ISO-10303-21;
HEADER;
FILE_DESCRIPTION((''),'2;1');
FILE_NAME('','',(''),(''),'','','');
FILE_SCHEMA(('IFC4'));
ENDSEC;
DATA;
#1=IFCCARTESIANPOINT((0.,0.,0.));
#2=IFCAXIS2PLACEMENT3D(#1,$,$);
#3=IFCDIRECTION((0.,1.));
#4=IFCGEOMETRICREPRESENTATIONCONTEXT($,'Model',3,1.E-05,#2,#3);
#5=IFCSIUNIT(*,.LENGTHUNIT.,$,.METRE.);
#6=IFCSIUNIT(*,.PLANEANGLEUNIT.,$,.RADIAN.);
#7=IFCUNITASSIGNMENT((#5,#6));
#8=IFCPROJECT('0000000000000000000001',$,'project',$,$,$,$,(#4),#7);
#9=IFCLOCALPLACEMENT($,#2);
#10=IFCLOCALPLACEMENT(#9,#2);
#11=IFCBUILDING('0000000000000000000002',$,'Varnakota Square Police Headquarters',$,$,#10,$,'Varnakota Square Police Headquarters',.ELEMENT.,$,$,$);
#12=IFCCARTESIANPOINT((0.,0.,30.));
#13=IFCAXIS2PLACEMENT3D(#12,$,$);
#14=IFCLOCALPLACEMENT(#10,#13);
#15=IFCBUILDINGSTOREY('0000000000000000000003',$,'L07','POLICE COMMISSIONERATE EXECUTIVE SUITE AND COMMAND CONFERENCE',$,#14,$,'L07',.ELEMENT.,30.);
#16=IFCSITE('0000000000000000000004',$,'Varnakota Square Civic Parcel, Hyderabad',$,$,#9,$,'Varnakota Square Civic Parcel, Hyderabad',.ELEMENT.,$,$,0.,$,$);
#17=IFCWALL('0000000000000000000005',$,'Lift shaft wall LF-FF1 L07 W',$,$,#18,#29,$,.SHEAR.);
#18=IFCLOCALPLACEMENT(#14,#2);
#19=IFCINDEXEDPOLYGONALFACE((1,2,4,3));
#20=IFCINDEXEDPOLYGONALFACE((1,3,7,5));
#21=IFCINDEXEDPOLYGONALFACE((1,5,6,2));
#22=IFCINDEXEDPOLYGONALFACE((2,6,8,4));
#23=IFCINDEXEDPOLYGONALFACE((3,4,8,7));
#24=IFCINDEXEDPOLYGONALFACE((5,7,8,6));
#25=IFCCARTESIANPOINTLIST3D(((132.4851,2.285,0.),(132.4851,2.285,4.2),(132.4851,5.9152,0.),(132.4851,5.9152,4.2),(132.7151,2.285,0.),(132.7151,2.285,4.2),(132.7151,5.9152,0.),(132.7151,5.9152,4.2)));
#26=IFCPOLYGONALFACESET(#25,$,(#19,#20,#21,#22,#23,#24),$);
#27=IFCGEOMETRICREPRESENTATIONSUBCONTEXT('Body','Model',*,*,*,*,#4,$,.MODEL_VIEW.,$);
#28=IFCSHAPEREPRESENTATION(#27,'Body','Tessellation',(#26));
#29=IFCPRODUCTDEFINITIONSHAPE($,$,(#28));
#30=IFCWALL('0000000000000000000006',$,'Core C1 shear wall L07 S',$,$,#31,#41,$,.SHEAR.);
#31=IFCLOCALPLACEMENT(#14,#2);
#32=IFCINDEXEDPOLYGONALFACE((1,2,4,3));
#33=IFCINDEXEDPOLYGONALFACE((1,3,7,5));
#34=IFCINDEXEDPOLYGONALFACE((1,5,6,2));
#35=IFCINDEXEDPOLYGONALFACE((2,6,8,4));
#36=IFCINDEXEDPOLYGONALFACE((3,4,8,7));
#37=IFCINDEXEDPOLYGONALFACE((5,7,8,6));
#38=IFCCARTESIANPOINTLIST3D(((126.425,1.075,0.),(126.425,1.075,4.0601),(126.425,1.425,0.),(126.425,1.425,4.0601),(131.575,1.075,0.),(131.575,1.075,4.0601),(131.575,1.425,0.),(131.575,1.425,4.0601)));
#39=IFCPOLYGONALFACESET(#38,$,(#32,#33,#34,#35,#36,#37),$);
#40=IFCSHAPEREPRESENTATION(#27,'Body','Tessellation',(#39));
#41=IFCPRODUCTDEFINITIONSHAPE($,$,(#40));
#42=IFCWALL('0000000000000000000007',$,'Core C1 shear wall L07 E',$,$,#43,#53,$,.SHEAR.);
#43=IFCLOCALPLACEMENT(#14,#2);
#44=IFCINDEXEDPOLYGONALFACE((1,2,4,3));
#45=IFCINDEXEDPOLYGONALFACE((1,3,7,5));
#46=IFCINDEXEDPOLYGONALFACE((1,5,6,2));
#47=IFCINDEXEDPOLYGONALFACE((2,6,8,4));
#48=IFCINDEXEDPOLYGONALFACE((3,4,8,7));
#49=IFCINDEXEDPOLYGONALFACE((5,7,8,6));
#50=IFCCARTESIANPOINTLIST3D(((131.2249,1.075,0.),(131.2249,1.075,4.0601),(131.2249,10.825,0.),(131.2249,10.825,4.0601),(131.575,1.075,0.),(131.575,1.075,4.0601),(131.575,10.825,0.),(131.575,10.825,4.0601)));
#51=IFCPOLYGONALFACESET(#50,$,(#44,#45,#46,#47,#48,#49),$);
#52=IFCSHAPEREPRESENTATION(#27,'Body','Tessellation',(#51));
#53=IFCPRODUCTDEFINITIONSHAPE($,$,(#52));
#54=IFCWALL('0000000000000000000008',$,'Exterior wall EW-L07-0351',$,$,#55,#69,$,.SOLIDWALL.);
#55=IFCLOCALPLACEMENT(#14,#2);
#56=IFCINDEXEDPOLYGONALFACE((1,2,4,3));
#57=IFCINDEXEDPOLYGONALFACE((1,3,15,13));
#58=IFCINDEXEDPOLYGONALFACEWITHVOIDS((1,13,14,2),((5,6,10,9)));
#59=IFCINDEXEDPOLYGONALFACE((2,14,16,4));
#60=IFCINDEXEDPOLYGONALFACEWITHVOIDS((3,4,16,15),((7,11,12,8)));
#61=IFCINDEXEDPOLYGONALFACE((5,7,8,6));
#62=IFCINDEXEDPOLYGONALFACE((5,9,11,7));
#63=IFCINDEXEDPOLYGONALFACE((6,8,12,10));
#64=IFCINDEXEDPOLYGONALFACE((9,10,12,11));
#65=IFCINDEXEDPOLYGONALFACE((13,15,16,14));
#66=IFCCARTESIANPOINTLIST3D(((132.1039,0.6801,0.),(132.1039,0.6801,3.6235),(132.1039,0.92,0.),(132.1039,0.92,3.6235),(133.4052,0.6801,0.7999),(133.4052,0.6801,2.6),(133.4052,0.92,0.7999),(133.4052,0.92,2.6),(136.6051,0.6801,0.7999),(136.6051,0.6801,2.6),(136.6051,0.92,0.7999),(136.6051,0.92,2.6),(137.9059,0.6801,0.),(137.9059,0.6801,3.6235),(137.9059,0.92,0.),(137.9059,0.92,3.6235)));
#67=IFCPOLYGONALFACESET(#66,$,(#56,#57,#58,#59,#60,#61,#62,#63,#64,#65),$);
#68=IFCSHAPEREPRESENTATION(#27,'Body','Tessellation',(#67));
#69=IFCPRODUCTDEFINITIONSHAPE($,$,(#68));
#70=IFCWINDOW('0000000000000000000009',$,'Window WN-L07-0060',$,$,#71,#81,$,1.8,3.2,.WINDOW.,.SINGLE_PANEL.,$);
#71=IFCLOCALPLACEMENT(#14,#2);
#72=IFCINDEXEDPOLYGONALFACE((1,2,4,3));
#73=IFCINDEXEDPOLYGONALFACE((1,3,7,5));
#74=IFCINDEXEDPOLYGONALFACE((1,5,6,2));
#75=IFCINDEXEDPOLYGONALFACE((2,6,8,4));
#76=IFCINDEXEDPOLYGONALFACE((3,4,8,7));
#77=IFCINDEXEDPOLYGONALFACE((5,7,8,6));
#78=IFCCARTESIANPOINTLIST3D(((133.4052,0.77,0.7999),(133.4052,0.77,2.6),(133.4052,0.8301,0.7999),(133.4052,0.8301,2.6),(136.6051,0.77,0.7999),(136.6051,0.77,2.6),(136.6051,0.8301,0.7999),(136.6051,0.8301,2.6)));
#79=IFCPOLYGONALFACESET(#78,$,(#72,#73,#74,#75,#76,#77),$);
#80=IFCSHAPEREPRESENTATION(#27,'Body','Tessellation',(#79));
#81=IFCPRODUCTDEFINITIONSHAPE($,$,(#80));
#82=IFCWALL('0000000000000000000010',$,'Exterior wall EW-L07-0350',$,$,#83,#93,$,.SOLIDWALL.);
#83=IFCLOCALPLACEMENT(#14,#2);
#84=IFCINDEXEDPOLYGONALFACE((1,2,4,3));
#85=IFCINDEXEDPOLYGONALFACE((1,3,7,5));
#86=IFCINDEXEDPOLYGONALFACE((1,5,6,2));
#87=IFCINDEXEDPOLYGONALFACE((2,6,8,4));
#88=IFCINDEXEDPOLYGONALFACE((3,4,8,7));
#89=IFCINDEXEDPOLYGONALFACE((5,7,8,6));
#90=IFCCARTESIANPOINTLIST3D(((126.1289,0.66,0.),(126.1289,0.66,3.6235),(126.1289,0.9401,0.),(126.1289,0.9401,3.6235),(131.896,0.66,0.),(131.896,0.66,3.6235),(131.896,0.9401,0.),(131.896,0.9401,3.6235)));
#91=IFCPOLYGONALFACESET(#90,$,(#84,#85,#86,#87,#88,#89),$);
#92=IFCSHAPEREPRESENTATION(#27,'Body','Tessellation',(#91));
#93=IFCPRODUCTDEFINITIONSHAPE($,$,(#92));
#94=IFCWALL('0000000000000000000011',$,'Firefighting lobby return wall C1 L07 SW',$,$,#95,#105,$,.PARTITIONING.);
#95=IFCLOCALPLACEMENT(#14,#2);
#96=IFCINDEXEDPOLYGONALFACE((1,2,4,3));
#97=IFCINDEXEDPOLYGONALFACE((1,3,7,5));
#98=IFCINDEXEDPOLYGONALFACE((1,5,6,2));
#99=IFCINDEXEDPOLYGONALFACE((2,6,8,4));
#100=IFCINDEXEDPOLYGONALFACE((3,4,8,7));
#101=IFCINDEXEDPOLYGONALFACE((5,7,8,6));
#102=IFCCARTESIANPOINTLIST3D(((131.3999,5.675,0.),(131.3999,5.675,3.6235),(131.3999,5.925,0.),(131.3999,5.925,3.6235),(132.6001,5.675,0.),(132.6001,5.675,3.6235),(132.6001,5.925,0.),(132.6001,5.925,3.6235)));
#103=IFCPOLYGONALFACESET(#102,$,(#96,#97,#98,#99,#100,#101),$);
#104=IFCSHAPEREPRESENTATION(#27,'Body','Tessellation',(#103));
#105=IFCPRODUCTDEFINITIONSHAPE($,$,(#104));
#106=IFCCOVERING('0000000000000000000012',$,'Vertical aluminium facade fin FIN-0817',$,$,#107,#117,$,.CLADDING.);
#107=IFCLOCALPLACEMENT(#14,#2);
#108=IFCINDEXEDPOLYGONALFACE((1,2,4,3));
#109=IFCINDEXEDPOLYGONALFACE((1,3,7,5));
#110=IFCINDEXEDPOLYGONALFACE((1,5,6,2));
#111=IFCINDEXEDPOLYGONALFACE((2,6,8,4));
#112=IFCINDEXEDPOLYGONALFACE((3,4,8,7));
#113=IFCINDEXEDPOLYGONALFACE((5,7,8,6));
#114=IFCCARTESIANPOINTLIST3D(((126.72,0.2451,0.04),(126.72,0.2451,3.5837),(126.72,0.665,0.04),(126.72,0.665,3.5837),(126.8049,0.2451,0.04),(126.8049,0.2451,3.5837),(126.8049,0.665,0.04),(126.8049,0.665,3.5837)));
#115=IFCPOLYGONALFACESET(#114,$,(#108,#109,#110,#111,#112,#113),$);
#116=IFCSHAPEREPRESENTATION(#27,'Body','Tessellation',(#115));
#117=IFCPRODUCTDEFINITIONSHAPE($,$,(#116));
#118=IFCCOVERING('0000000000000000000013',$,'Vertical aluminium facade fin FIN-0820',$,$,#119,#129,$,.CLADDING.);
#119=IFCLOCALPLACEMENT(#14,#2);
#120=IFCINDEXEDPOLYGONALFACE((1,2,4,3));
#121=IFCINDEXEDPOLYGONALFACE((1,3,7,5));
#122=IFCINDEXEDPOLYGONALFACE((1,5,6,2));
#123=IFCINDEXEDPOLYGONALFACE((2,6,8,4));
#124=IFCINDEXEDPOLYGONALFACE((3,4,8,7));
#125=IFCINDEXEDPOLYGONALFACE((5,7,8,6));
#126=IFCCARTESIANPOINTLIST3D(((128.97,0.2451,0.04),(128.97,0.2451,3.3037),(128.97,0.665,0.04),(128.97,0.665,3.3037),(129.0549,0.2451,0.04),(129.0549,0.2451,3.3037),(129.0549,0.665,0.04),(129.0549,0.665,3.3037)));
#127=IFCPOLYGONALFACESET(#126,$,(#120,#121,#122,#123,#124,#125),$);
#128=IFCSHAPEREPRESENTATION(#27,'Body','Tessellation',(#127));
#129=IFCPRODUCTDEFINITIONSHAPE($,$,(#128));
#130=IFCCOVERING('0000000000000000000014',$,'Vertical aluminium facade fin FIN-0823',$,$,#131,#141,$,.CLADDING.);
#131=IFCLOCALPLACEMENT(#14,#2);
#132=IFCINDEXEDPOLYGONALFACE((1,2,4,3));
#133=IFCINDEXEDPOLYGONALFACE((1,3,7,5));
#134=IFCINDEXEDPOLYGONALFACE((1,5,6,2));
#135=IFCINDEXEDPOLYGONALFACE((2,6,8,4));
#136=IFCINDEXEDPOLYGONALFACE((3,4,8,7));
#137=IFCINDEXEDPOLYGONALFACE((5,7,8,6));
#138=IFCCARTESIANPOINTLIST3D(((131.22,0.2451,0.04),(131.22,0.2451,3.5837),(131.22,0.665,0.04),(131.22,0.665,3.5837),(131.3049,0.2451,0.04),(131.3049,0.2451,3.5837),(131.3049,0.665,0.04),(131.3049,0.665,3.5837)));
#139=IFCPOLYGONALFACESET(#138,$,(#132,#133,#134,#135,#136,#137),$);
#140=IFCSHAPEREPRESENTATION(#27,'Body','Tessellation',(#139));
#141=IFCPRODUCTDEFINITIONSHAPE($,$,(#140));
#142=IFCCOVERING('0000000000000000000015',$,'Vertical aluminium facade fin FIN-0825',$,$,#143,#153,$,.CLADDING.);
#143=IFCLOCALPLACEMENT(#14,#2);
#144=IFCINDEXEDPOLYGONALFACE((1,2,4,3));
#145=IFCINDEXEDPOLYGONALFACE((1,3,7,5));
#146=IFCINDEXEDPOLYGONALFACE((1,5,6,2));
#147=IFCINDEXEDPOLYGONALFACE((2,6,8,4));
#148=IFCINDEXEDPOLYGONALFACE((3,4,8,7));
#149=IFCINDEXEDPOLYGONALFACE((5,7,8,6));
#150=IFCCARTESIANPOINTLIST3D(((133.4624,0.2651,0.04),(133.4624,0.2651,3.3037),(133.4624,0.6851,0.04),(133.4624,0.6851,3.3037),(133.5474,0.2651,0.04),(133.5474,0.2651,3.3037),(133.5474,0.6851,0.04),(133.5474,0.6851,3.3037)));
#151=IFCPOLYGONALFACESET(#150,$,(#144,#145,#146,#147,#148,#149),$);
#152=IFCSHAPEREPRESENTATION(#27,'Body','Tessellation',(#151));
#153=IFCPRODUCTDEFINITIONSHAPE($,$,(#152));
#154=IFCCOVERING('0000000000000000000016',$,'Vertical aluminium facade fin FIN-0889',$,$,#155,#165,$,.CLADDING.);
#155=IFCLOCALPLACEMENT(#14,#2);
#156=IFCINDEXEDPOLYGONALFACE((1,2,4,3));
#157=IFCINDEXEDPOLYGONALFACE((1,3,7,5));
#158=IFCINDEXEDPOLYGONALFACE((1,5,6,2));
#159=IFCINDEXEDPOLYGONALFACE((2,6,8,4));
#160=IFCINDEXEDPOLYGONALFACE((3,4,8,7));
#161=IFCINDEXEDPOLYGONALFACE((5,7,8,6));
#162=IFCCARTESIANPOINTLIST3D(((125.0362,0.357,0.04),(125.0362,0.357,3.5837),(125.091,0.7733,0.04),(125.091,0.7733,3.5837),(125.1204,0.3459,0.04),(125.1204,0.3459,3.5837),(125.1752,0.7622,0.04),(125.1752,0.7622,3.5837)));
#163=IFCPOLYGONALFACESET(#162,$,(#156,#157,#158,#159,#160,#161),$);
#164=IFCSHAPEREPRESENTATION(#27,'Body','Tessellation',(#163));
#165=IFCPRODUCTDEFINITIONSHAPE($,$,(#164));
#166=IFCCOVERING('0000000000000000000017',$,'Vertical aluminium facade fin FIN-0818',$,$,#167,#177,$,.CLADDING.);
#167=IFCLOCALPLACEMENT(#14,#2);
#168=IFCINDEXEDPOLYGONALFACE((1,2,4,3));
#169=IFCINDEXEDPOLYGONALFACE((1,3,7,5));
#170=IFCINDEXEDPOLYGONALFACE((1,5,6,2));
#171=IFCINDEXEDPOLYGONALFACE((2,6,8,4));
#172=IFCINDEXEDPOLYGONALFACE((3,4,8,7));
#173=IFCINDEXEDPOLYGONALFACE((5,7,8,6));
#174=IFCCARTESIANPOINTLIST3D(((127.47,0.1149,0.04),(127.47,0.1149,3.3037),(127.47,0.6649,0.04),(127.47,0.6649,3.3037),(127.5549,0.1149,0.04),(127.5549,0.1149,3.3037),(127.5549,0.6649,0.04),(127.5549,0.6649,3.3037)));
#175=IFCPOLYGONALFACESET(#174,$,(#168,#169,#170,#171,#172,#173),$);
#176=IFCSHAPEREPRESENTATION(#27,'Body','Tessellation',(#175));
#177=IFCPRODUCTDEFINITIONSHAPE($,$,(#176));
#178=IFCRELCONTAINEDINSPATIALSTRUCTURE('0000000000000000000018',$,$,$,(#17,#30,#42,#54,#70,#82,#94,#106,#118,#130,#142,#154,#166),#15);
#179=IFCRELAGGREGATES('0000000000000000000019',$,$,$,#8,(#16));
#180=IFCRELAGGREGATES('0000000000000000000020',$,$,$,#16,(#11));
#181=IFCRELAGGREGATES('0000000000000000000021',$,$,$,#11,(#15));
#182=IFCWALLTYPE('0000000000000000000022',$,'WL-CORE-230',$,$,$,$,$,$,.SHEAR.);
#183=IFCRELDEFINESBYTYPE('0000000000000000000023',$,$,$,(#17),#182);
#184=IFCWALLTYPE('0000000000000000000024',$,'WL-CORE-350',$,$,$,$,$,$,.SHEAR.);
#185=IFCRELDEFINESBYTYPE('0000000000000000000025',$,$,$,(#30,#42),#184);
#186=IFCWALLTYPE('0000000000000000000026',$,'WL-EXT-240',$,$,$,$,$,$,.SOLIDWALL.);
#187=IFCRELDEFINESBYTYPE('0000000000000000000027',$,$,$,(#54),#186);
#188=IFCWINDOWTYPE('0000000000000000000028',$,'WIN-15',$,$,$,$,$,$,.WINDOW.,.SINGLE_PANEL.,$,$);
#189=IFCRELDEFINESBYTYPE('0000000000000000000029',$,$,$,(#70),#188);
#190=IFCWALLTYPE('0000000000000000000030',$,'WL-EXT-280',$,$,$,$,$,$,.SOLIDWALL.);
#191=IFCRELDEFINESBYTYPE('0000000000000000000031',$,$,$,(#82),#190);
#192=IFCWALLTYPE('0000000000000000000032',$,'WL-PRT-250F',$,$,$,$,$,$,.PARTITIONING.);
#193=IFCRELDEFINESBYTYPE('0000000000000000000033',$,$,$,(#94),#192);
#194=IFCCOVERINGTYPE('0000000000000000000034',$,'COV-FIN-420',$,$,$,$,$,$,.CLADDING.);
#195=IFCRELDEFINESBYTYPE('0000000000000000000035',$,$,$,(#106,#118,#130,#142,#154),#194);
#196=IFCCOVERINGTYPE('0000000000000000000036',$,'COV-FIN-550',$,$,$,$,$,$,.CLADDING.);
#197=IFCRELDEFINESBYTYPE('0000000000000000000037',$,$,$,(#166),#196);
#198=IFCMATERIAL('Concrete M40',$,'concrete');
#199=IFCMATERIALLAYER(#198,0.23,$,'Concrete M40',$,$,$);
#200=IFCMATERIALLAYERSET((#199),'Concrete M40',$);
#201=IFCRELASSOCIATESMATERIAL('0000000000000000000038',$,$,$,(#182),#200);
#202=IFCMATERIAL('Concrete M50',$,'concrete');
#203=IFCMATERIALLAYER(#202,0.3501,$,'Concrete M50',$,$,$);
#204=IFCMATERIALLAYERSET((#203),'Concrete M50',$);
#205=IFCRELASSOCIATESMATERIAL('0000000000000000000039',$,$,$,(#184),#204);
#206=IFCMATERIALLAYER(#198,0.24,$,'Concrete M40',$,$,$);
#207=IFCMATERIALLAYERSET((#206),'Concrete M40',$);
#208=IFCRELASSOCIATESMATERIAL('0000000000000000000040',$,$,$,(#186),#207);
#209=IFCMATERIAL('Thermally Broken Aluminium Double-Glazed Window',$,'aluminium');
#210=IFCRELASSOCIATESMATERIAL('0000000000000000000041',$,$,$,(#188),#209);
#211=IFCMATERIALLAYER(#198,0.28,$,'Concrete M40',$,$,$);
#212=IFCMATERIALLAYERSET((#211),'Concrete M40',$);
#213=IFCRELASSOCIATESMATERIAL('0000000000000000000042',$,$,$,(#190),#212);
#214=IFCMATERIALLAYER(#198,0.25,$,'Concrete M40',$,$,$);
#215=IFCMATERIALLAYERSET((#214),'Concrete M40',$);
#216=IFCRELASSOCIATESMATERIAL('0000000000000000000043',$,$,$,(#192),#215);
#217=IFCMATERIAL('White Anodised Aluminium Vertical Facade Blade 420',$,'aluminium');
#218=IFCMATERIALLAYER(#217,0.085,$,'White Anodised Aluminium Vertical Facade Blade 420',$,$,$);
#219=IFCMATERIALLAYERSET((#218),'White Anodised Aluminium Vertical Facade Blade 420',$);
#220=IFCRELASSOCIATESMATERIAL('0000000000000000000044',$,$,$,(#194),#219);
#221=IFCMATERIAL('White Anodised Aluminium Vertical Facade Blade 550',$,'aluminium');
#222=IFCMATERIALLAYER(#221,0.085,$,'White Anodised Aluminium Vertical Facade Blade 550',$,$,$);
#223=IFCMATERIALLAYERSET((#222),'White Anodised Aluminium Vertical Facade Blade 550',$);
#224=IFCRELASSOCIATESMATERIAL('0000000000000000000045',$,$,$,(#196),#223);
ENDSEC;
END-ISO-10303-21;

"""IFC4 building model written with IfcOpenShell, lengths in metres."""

from ifc_helpers import new_model, si_unit, direction, frame, frame_2d, origin, origin_2d, place, context, subcontext, project, spatial, rectangle, extrude, material, layer, layer_set, type_object, element, fill, save


model = new_model("IFC4")

# Units and contexts
model_context = context("Model", 3, precision=1e-05, world=origin(), true_north=direction((0.0, 1.0)))
body_context = subcontext(model_context, "Body", "Model", "MODEL_VIEW")
ifc_project = project(units=[si_unit("LENGTHUNIT", "METRE"), si_unit("PLANEANGLEUNIT", "RADIAN")], contexts=[model_context])

# Site, building, storey
site_placement = place(None, origin())
site = spatial("IfcSite", under=ifc_project, at=site_placement, Name="Varnakota Square Civic Parcel, Hyderabad", LongName="Varnakota Square Civic Parcel, Hyderabad", CompositionType="ELEMENT", RefElevation=0.0)
building_placement = place(site_placement, origin())
building = spatial("IfcBuilding", under=site, at=building_placement, Name="Varnakota Square Police Headquarters", LongName="Varnakota Square Police Headquarters", CompositionType="ELEMENT")
storey_placement = place(building_placement, frame((0.0, 0.0, 30.0)))
storey = spatial("IfcBuildingStorey", under=building, at=storey_placement, Name="L07", Description="POLICE COMMISSIONERATE EXECUTIVE SUITE AND COMMAND CONFERENCE", LongName="L07", CompositionType="ELEMENT", Elevation=30.0)

# Walls
ifc_material_1 = material(Name="Concrete M40", Category="concrete")
ifc_layer_1 = layer(ifc_material_1, 0.23, Name="Concrete M40")
ifc_layer_set_1 = layer_set([ifc_layer_1], Name="Concrete M40")
wall_type_1 = type_object("IfcWallType", Name="WL-CORE-230", PredefinedType="SHEAR", material=ifc_layer_set_1)
wall_1_placement = place(storey_placement, frame((132.6001, 5.915, 0.0), z_axis=(0.0, 0.0, 1.0), x_axis=(0.0, -1.0, 0.0)))
element("IfcWall", 1, at=wall_1_placement, inside=storey, type_object=wall_type_1, Name="Lift shaft wall LF-FF1 L07 W", PredefinedType="SHEAR", context=body_context, shape_type="SweptSolid", body=[
    extrude(rectangle(XDim=3.6301, YDim=0.23, at=frame_2d((1.8149, 0.0))), origin(), (0.0, 0.0, 1.0), 4.2),
])
ifc_material_2 = material(Name="Concrete M50", Category="concrete")
ifc_layer_2 = layer(ifc_material_2, 0.3501, Name="Concrete M50")
ifc_layer_set_2 = layer_set([ifc_layer_2], Name="Concrete M50")
wall_type_2 = type_object("IfcWallType", Name="WL-CORE-350", PredefinedType="SHEAR", material=ifc_layer_set_2)
wall_2_placement = place(storey_placement, frame((126.425, 1.25, 0.0), z_axis=(0.0, 0.0, 1.0), x_axis=(1.0, 0.0, 0.0)))
element("IfcWall", 2, at=wall_2_placement, inside=storey, type_object=wall_type_2, Name="Core C1 shear wall L07 S", PredefinedType="SHEAR", context=body_context, shape_type="SweptSolid", body=[
    extrude(rectangle(XDim=5.1499, YDim=0.3501, at=frame_2d((2.575, 0.0))), origin(), (0.0, 0.0, 1.0), 4.0601),
])
wall_3_placement = place(storey_placement, frame((131.3999, 1.075, 0.0), z_axis=(0.0, 0.0, 1.0), x_axis=(0.0, 1.0, 0.0)))
element("IfcWall", 3, at=wall_3_placement, inside=storey, type_object=wall_type_2, Name="Core C1 shear wall L07 E", PredefinedType="SHEAR", context=body_context, shape_type="SweptSolid", body=[
    extrude(rectangle(XDim=9.75, YDim=0.3501, at=frame_2d((4.875, 0.0))), origin(), (0.0, 0.0, 1.0), 4.0601),
])

# Wall, opening, window
ifc_layer_3 = layer(ifc_material_1, 0.24, Name="Concrete M40")
ifc_layer_set_3 = layer_set([ifc_layer_3], Name="Concrete M40")
wall_type_3 = type_object("IfcWallType", Name="WL-EXT-240", PredefinedType="SOLIDWALL", material=ifc_layer_set_3)
wall_4_placement = place(storey_placement, frame((132.104, 0.8, 0.0), z_axis=(0.0, 0.0, 1.0), x_axis=(1.0, 0.0, 0.0)))
wall_4 = element("IfcWall", 4, at=wall_4_placement, inside=storey, type_object=wall_type_3, Name="Exterior wall EW-L07-0351", PredefinedType="SOLIDWALL", context=body_context, shape_type="SweptSolid", body=[
    extrude(rectangle(XDim=5.802, YDim=0.24, at=frame_2d((2.9009, 0.0))), origin(), (0.0, 0.0, 1.0), 3.6235),
])
opening_placement = place(wall_4_placement, frame((1.301, 0.0, 0.8)))
opening = element("IfcOpeningElement", 5, at=opening_placement, cuts=wall_4, PredefinedType="OPENING", context=body_context, shape_type="SweptSolid", body=[
    extrude(rectangle(XDim=3.2, YDim=1.8, at=frame_2d((1.6001, 0.8999))), frame((0.0, 0.1299, 0.0), z_axis=(0.0, -1.0, 0.0), x_axis=(1.0, 0.0, 0.0)), (0.0, 0.0, 1.0), 0.26),
])
ifc_material_3 = material(Name="Thermally Broken Aluminium Double-Glazed Window", Category="aluminium")
window_type = type_object("IfcWindowType", Name="WIN-15", PartitioningType="SINGLE_PANEL", PredefinedType="WINDOW", material=ifc_material_3)
window_placement = place(opening_placement, origin())
window = element("IfcWindow", 6, at=window_placement, inside=storey, type_object=window_type, Name="Window WN-L07-0060", OverallHeight=1.8, OverallWidth=3.2, PartitioningType="SINGLE_PANEL", PredefinedType="WINDOW", context=body_context, shape_type="SweptSolid", body=[
    extrude(rectangle(XDim=3.2, YDim=1.8, at=frame_2d((1.6001, 0.8999))), frame((0.0, 0.03, 0.0), z_axis=(0.0, -1.0, 0.0), x_axis=(1.0, 0.0, 0.0)), (0.0, 0.0, 1.0), 0.0601),
])
fill(opening, window)

# Walls
ifc_layer_4 = layer(ifc_material_1, 0.28, Name="Concrete M40")
ifc_layer_set_4 = layer_set([ifc_layer_4], Name="Concrete M40")
wall_type_4 = type_object("IfcWallType", Name="WL-EXT-280", PredefinedType="SOLIDWALL", material=ifc_layer_set_4)
wall_5_placement = place(storey_placement, frame((126.1289, 0.8, 0.0), z_axis=(0.0, 0.0, 1.0), x_axis=(1.0, 0.0, 0.0)))
element("IfcWall", 7, at=wall_5_placement, inside=storey, type_object=wall_type_4, Name="Exterior wall EW-L07-0350", PredefinedType="SOLIDWALL", context=body_context, shape_type="SweptSolid", body=[
    extrude(rectangle(XDim=5.7671, YDim=0.28, at=frame_2d((2.8835, 0.0))), origin(), (0.0, 0.0, 1.0), 3.6235),
])
ifc_layer_5 = layer(ifc_material_1, 0.25, Name="Concrete M40")
ifc_layer_set_5 = layer_set([ifc_layer_5], Name="Concrete M40")
wall_type_5 = type_object("IfcWallType", Name="WL-PRT-250F", PredefinedType="PARTITIONING", material=ifc_layer_set_5)
wall_6_placement = place(storey_placement, frame((131.3999, 5.8, 0.0), z_axis=(0.0, 0.0, 1.0), x_axis=(1.0, 0.0, 0.0)))
element("IfcWall", 8, at=wall_6_placement, inside=storey, type_object=wall_type_5, Name="Firefighting lobby return wall C1 L07 SW", PredefinedType="PARTITIONING", context=body_context, shape_type="SweptSolid", body=[
    extrude(rectangle(XDim=1.2002, YDim=0.25, at=frame_2d((0.6001, 0.0))), origin(), (0.0, 0.0, 1.0), 3.6235),
])

# Coverings
ifc_material_4 = material(Name="White Anodised Aluminium Vertical Facade Blade 420", Category="aluminium")
ifc_layer_6 = layer(ifc_material_4, 0.085, Name="White Anodised Aluminium Vertical Facade Blade 420")
ifc_layer_set_6 = layer_set([ifc_layer_6], Name="White Anodised Aluminium Vertical Facade Blade 420")
covering_type_1 = type_object("IfcCoveringType", Name="COV-FIN-420", PredefinedType="CLADDING", material=ifc_layer_set_6)
covering_1_placement = place(storey_placement, frame((126.7625, 0.4551, 0.04), z_axis=(0.0, 0.0, 1.0), x_axis=(1.0, 0.0, 0.0)))
element("IfcCovering", 9, at=covering_1_placement, inside=storey, type_object=covering_type_1, Name="Vertical aluminium facade fin FIN-0817", PredefinedType="CLADDING", context=body_context, shape_type="SweptSolid", body=[
    extrude(rectangle(XDim=0.085, YDim=0.4199, at=origin_2d()), origin(), (0.0, 0.0, 1.0), 3.5437),
])
covering_2_placement = place(storey_placement, frame((129.0125, 0.4551, 0.04), z_axis=(0.0, 0.0, 1.0), x_axis=(1.0, 0.0, 0.0)))
element("IfcCovering", 10, at=covering_2_placement, inside=storey, type_object=covering_type_1, Name="Vertical aluminium facade fin FIN-0820", PredefinedType="CLADDING", context=body_context, shape_type="SweptSolid", body=[
    extrude(rectangle(XDim=0.085, YDim=0.4199, at=origin_2d()), origin(), (0.0, 0.0, 1.0), 3.2637),
])
covering_3_placement = place(storey_placement, frame((131.2625, 0.4551, 0.04), z_axis=(0.0, 0.0, 1.0), x_axis=(1.0, 0.0, 0.0)))
element("IfcCovering", 11, at=covering_3_placement, inside=storey, type_object=covering_type_1, Name="Vertical aluminium facade fin FIN-0823", PredefinedType="CLADDING", context=body_context, shape_type="SweptSolid", body=[
    extrude(rectangle(XDim=0.085, YDim=0.4199, at=origin_2d()), origin(), (0.0, 0.0, 1.0), 3.5437),
])
covering_4_placement = place(storey_placement, frame((133.5049, 0.4751, 0.04), z_axis=(0.0, 0.0, 1.0), x_axis=(1.0, 0.0, 0.0)))
element("IfcCovering", 12, at=covering_4_placement, inside=storey, type_object=covering_type_1, Name="Vertical aluminium facade fin FIN-0825", PredefinedType="CLADDING", context=body_context, shape_type="SweptSolid", body=[
    extrude(rectangle(XDim=0.085, YDim=0.4199, at=origin_2d()), origin(), (0.0, 0.0, 1.0), 3.2637),
])
covering_5_placement = place(storey_placement, frame((125.1057, 0.5596, 0.04), z_axis=(0.0, 0.0, 1.0), x_axis=(0.991445, -0.130526, 0.0)))
element("IfcCovering", 13, at=covering_5_placement, inside=storey, type_object=covering_type_1, Name="Vertical aluminium facade fin FIN-0889", PredefinedType="CLADDING", context=body_context, shape_type="SweptSolid", body=[
    extrude(rectangle(XDim=0.085, YDim=0.4199, at=origin_2d()), origin(), (0.0, 0.0, 1.0), 3.5437),
])
ifc_material_5 = material(Name="White Anodised Aluminium Vertical Facade Blade 550", Category="aluminium")
ifc_layer_7 = layer(ifc_material_5, 0.085, Name="White Anodised Aluminium Vertical Facade Blade 550")
ifc_layer_set_7 = layer_set([ifc_layer_7], Name="White Anodised Aluminium Vertical Facade Blade 550")
covering_type_2 = type_object("IfcCoveringType", Name="COV-FIN-550", PredefinedType="CLADDING", material=ifc_layer_set_7)
covering_6_placement = place(storey_placement, frame((127.5125, 0.3899, 0.04), z_axis=(0.0, 0.0, 1.0), x_axis=(1.0, 0.0, 0.0)))
element("IfcCovering", 14, at=covering_6_placement, inside=storey, type_object=covering_type_2, Name="Vertical aluminium facade fin FIN-0818", PredefinedType="CLADDING", context=body_context, shape_type="SweptSolid", body=[
    extrude(rectangle(XDim=0.085, YDim=0.55, at=origin_2d()), origin(), (0.0, 0.0, 1.0), 3.2637),
])

save(model, "model.ifc")
